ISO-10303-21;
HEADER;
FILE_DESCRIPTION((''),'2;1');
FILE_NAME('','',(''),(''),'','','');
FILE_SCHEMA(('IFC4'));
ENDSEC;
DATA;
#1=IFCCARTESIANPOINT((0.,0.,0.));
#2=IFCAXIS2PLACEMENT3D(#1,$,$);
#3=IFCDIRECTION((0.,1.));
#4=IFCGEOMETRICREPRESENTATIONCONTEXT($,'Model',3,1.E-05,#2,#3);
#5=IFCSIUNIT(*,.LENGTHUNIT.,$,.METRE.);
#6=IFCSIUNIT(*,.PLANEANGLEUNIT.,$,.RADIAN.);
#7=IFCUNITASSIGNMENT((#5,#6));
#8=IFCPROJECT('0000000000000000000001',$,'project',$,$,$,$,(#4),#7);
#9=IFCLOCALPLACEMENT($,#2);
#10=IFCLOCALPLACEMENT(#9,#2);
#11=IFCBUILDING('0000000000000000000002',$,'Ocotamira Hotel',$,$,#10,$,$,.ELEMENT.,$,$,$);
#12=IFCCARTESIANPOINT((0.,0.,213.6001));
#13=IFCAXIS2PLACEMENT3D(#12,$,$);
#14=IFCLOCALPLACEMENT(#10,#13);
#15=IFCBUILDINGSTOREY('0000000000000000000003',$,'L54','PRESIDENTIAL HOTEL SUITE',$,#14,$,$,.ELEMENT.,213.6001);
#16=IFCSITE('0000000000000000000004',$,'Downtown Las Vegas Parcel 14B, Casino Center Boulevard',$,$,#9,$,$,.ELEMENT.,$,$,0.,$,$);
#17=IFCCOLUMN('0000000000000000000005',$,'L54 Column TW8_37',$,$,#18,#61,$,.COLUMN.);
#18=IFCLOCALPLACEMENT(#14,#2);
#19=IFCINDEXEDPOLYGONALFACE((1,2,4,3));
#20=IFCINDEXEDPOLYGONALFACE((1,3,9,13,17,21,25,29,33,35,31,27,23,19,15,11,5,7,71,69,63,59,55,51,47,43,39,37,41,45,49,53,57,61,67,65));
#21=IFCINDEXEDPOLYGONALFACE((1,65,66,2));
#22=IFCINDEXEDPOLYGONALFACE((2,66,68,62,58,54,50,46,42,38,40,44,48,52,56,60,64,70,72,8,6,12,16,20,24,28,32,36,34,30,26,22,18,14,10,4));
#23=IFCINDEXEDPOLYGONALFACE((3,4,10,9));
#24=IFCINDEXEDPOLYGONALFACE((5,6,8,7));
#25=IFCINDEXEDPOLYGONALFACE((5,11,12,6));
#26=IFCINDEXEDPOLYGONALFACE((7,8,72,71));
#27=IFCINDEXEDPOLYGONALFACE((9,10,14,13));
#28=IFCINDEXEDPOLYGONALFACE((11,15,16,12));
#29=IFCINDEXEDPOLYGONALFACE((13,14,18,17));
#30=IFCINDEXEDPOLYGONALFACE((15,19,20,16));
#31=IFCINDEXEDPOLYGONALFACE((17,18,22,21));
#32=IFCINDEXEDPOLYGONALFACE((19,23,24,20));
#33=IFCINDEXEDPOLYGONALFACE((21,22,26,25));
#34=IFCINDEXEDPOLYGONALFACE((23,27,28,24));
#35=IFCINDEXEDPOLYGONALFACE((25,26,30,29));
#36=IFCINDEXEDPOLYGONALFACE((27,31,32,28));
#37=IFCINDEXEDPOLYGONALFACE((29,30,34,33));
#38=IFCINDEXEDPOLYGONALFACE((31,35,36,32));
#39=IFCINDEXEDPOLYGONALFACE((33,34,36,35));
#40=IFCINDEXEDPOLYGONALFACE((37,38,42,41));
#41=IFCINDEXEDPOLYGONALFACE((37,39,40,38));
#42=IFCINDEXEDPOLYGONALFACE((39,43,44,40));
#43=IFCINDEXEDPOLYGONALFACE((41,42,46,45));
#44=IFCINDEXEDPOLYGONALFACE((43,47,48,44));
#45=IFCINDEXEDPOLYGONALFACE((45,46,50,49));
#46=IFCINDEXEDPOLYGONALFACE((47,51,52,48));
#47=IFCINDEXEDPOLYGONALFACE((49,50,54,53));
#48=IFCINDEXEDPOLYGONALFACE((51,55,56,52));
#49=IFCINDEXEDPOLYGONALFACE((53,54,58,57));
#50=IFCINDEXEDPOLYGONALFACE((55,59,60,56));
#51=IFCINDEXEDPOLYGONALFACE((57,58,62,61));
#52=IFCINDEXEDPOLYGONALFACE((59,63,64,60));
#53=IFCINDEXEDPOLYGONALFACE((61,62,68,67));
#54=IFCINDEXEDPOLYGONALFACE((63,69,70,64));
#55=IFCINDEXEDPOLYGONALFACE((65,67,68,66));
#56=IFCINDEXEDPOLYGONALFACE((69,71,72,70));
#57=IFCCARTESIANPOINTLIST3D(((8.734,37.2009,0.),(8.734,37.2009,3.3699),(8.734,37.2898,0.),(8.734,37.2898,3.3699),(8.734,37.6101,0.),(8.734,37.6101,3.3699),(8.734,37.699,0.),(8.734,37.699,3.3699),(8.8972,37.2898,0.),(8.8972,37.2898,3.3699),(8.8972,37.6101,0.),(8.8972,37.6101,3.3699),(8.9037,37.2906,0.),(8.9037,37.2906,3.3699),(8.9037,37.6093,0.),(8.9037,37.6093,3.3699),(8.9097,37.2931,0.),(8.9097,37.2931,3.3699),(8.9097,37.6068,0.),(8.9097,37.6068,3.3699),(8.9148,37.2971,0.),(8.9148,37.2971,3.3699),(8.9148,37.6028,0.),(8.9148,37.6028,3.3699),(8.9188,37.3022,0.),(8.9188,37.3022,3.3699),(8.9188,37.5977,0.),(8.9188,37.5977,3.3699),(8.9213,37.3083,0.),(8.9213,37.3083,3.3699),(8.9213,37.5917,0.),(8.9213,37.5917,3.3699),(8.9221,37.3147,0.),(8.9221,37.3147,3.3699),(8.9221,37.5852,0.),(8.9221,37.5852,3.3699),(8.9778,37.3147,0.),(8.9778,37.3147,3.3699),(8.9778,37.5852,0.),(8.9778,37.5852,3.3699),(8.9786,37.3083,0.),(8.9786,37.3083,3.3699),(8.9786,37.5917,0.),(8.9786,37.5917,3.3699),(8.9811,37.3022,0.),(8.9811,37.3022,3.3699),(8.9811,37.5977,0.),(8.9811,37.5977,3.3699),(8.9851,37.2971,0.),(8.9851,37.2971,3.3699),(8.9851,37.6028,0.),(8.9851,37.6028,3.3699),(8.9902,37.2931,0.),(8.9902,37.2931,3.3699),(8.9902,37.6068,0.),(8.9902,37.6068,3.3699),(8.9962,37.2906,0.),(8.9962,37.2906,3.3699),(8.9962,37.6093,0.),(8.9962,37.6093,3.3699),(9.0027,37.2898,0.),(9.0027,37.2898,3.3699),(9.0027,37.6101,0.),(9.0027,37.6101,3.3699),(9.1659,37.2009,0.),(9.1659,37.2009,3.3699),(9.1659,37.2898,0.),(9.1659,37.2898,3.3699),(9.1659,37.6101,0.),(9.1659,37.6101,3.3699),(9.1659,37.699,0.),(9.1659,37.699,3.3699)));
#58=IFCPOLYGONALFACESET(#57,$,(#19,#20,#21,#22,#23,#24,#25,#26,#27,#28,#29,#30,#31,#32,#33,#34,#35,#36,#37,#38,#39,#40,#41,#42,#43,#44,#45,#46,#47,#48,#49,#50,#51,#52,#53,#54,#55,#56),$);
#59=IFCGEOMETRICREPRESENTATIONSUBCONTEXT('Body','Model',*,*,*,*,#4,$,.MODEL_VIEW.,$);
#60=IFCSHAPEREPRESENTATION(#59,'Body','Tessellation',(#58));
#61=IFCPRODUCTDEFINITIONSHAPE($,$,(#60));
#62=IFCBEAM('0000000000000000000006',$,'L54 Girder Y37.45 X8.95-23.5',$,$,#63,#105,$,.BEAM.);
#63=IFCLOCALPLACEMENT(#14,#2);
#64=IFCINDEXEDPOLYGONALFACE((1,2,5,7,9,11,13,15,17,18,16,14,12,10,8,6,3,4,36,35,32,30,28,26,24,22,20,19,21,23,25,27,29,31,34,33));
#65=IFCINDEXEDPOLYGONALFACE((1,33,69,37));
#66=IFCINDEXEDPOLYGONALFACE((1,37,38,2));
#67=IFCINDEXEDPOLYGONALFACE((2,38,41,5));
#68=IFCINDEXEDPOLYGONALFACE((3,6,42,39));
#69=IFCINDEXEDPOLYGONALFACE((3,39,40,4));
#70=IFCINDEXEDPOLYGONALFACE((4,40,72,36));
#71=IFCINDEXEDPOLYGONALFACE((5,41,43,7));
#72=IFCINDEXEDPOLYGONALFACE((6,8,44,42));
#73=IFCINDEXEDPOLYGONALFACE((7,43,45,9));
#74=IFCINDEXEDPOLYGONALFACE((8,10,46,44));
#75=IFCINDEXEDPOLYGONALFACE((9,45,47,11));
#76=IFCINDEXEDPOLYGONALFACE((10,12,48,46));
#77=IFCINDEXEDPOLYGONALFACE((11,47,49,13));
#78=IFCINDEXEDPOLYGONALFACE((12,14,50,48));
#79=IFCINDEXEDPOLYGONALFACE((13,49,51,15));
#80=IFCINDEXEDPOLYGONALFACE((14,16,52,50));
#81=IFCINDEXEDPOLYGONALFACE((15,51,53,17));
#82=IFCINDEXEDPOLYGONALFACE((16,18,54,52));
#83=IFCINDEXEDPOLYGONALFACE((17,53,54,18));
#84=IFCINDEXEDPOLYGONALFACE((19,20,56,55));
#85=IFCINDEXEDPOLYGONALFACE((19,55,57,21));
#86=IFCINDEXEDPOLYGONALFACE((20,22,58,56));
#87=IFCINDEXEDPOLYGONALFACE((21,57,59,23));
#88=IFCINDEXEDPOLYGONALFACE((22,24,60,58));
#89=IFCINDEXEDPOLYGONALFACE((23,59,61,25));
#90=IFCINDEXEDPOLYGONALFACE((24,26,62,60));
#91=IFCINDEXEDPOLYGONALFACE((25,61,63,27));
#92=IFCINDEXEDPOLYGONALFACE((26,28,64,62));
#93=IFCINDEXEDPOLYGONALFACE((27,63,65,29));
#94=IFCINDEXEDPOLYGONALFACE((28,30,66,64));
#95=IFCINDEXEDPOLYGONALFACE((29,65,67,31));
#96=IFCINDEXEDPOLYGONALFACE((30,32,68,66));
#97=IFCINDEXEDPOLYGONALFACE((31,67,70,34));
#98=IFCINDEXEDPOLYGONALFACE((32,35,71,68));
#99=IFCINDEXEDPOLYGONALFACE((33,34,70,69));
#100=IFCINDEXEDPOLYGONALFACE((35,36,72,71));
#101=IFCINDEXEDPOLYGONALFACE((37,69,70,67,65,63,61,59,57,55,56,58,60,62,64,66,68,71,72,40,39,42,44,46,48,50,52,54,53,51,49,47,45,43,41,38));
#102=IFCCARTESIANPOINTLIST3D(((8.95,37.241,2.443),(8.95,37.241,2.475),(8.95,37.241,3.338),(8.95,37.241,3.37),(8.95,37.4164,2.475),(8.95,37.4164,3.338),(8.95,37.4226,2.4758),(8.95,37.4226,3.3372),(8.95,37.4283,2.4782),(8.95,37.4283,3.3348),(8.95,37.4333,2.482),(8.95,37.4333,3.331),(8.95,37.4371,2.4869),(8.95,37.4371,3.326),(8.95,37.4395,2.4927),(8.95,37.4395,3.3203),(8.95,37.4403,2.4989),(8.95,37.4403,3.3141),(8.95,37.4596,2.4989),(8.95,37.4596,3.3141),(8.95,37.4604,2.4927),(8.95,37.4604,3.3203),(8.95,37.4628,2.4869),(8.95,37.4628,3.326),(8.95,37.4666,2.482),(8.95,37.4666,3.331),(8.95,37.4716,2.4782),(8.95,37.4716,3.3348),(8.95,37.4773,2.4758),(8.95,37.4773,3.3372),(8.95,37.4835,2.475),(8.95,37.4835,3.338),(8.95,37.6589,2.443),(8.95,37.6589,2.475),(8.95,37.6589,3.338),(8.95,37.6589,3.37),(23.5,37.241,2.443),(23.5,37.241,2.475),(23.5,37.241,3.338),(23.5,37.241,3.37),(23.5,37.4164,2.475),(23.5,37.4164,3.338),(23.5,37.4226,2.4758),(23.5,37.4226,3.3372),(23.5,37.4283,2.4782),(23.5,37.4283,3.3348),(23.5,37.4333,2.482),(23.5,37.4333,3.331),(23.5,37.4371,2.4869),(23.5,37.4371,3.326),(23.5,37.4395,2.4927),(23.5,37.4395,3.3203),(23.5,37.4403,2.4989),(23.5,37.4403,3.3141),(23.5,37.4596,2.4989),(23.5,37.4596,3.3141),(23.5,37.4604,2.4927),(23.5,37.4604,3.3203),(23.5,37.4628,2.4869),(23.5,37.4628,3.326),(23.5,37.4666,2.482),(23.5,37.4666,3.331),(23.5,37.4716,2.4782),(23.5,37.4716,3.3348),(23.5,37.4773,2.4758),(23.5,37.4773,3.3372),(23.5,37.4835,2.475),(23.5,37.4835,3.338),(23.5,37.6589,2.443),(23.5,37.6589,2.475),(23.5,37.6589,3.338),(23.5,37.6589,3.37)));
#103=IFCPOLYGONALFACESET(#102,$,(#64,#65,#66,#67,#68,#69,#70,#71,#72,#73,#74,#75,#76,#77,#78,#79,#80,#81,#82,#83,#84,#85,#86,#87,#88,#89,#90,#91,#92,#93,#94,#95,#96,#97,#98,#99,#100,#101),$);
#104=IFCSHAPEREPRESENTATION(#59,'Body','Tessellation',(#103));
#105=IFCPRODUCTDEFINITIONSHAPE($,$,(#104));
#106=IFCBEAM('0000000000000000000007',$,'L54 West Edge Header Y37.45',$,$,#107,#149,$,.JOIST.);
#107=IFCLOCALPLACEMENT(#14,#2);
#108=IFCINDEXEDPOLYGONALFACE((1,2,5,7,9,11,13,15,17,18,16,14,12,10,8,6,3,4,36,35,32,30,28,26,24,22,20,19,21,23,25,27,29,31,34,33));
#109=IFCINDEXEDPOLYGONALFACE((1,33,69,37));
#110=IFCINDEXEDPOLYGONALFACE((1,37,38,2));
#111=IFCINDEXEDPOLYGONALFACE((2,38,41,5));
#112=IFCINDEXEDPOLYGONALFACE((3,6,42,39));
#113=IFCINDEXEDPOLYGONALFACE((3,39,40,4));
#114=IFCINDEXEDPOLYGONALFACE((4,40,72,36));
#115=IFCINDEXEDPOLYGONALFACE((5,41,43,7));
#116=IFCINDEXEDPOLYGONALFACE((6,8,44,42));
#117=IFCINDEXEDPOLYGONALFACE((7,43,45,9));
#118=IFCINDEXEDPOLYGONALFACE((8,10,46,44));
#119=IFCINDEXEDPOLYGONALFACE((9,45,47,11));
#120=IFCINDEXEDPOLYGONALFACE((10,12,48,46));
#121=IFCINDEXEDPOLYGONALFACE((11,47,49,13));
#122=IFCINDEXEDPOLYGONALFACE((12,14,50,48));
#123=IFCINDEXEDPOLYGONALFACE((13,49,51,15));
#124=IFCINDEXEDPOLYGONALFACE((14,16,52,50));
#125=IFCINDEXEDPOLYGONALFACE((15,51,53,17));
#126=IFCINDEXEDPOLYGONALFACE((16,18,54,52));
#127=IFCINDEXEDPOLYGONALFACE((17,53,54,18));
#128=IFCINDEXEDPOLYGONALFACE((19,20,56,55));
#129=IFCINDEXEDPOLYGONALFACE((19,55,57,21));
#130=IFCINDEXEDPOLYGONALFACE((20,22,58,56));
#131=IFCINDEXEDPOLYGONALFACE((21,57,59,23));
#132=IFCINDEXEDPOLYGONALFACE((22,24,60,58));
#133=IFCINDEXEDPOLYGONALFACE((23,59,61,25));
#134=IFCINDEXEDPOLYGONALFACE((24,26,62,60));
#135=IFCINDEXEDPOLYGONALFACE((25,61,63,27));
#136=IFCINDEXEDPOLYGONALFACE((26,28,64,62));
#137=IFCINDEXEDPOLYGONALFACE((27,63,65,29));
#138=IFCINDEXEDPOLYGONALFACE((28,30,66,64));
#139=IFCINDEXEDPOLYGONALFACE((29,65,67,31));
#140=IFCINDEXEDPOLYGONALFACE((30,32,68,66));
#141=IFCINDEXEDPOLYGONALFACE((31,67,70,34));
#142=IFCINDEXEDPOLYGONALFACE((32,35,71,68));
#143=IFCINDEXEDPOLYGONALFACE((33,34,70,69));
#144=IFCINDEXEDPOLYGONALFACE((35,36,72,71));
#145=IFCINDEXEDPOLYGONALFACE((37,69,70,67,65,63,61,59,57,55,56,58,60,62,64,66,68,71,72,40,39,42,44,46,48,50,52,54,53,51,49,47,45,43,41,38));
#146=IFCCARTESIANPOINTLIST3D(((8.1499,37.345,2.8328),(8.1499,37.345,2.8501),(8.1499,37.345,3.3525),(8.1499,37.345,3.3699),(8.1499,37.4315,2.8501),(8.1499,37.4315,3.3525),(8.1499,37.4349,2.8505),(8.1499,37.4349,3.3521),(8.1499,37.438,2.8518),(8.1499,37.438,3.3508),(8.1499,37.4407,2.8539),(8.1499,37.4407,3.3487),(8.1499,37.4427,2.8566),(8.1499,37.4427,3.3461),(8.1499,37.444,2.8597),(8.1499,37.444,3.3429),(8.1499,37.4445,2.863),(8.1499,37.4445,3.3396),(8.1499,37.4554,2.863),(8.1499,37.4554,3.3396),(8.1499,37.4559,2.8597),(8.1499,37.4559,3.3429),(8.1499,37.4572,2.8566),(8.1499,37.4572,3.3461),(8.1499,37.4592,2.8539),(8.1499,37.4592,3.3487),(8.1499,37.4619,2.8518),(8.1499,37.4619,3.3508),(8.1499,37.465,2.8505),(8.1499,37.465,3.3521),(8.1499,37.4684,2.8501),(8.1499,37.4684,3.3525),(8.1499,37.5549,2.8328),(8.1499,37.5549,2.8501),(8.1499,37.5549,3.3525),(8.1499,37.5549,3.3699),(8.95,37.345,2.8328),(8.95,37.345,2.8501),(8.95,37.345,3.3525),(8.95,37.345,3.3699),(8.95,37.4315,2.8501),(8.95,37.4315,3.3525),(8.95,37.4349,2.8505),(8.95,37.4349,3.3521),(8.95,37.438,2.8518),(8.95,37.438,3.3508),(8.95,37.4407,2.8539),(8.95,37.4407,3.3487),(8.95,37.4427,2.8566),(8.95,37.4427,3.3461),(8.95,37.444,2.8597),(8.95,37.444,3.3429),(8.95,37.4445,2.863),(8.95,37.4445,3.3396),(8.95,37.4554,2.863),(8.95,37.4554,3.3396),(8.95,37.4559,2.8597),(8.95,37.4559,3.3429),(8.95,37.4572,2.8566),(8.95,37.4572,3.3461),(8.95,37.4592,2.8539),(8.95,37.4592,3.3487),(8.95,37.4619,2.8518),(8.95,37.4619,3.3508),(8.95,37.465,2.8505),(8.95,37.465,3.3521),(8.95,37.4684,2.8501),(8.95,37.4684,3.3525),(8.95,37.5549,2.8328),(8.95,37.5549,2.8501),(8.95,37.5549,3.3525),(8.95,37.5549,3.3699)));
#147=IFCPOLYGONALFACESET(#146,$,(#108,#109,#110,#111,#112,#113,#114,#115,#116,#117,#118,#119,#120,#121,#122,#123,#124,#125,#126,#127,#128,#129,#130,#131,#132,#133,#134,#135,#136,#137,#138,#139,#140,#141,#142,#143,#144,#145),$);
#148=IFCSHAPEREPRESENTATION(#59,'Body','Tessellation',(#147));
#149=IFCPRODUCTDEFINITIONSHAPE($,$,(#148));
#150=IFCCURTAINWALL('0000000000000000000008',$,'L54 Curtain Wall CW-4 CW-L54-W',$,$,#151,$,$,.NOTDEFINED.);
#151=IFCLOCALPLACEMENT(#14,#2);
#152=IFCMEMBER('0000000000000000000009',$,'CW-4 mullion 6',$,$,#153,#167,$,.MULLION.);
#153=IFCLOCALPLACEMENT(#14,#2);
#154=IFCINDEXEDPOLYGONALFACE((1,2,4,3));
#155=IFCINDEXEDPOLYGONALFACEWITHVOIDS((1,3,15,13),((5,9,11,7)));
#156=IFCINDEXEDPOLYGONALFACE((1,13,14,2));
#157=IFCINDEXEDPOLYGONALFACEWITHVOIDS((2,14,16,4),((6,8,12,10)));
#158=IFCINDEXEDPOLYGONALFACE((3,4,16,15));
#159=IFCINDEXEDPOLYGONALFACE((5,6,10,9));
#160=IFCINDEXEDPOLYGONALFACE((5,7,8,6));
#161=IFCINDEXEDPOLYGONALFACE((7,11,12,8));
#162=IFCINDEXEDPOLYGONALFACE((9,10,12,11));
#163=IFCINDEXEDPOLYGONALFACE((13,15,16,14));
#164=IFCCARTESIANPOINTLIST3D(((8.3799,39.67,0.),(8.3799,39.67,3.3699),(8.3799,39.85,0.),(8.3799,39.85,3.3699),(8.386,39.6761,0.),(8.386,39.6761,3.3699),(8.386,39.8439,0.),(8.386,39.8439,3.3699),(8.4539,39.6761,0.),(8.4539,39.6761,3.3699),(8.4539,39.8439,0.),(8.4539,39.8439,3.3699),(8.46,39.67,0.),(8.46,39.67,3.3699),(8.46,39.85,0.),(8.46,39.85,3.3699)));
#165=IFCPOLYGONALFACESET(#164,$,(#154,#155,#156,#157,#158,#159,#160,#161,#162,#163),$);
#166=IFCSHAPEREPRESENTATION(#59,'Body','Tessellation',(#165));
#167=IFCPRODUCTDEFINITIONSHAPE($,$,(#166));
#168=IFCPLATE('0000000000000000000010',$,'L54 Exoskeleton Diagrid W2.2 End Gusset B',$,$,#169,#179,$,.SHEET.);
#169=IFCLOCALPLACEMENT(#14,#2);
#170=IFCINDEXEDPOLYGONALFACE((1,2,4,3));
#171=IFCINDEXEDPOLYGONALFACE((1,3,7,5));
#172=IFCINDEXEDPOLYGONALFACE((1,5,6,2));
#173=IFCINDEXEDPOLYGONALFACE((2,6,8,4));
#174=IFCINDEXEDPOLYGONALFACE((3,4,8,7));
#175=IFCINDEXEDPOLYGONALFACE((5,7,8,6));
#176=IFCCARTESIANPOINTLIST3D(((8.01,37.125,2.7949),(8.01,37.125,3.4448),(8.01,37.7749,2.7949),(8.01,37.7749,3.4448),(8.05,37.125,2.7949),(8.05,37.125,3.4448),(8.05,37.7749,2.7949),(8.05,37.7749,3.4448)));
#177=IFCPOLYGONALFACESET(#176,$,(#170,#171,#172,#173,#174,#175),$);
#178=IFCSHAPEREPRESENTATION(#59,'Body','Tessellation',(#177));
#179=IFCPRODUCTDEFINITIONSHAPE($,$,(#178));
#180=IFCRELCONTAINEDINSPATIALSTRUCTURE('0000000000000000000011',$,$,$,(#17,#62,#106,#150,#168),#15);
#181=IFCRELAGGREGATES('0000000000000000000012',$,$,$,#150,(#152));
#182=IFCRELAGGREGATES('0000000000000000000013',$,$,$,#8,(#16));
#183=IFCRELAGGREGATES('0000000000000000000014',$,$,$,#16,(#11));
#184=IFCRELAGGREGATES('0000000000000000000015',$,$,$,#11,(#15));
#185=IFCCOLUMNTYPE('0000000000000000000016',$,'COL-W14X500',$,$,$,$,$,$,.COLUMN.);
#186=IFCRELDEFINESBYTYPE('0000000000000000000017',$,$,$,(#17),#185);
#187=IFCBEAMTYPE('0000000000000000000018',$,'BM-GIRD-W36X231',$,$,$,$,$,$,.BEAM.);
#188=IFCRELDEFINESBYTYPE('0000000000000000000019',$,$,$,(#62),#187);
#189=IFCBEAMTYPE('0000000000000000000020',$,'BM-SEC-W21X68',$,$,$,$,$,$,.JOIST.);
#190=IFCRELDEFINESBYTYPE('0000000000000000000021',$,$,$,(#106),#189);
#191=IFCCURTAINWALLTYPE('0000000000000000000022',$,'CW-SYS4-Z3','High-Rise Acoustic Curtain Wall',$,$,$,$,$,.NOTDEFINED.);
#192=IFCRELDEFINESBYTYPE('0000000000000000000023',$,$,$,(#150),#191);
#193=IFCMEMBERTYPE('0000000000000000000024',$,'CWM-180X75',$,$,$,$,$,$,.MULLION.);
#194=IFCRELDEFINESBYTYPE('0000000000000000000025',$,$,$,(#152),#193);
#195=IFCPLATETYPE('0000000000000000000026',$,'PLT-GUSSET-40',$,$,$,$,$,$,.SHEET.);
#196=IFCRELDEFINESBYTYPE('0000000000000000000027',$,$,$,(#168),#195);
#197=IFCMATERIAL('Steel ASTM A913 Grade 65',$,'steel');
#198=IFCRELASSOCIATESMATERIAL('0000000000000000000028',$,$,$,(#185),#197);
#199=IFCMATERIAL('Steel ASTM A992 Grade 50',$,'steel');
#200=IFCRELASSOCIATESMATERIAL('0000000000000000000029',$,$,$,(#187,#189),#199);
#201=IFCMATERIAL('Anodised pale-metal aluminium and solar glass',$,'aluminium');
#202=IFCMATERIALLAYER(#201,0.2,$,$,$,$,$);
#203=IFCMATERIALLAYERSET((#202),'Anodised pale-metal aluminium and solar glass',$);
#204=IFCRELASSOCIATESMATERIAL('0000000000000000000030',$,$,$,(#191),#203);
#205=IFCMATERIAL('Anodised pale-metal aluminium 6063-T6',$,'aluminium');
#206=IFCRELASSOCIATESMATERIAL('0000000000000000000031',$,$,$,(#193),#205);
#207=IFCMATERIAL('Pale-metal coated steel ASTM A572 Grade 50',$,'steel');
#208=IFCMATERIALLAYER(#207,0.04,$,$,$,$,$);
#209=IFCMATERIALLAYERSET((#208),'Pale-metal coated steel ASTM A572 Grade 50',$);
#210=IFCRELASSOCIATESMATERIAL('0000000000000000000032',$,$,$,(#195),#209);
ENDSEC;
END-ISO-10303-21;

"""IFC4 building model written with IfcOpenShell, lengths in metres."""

from ifc_helpers import new_model, si_unit, direction, frame, origin, origin_2d, place, context, subcontext, project, spatial, rectangle, hollow_rectangle, i_section, extrude, source, transform, mapped, material, layer, layer_set, material_profile, profile_set, type_object, element, aggregate, save


model = new_model("IFC4")

# Units and contexts
model_context = context("Model", 3, precision=1e-05, world=origin(), true_north=direction((0.0, 1.0)))
body_context = subcontext(model_context, "Body", "Model", "MODEL_VIEW")
ifc_project = project(units=[si_unit("LENGTHUNIT", "METRE"), si_unit("PLANEANGLEUNIT", "RADIAN")], contexts=[model_context])

# Site, building, storey
site_placement = place(None, origin())
site = spatial("IfcSite", under=ifc_project, at=site_placement, Name="Downtown Las Vegas Parcel 14B, Casino Center Boulevard", CompositionType="ELEMENT", RefElevation=0.0)
building_placement = place(site_placement, origin())
building = spatial("IfcBuilding", under=site, at=building_placement, Name="Ocotamira Hotel", CompositionType="ELEMENT")
storey_placement = place(building_placement, frame((0.0, 0.0, 213.6001)))
storey = spatial("IfcBuildingStorey", under=building, at=storey_placement, Name="L54", Description="PRESIDENTIAL HOTEL SUITE", CompositionType="ELEMENT", Elevation=213.6001)

# Column
ifc_material_1 = material(Name="Steel ASTM A913 Grade 65", Category="steel")
ifc_material_profile_1 = material_profile(ifc_material_1, i_section(OverallWidth=0.4319, OverallDepth=0.498, WebThickness=0.0557, FlangeThickness=0.0889, FilletRadius=0.0249, at=origin_2d()), Name="W14X500")
ifc_profile_set_1 = profile_set([ifc_material_profile_1], Name="Steel ASTM A913 Grade 65")
column_type = type_object("IfcColumnType", Name="COL-W14X500", PredefinedType="COLUMN", material=ifc_profile_set_1)
shared_shape_1 = source(origin(), body_context, "Body", "SweptSolid", [
    extrude(i_section(OverallWidth=0.4319, OverallDepth=0.498, WebThickness=0.0557, FlangeThickness=0.0889, FilletRadius=0.0249, at=origin_2d()), origin(), (0.0, 0.0, 1.0), 3.3699),
])
column_placement = place(storey_placement, frame((8.95, 37.45, 0.0), z_axis=(0.0, 0.0, 1.0), x_axis=(1.0, 0.0, 0.0)))
element("IfcColumn", 1, at=column_placement, inside=storey, type_object=column_type, Name="L54 Column TW8_37", PredefinedType="COLUMN", context=body_context, shape_type="MappedRepresentation", body=[
    mapped(shared_shape_1, transform((0.0, 0.0, 0.0), scale=1.0)),
])

# Beams
ifc_material_2 = material(Name="Steel ASTM A992 Grade 50", Category="steel")
ifc_material_profile_2 = material_profile(ifc_material_2, i_section(OverallWidth=0.418, OverallDepth=0.927, WebThickness=0.0193, FlangeThickness=0.032, FilletRadius=0.0239, at=origin_2d()), Name="W36X231")
ifc_profile_set_2 = profile_set([ifc_material_profile_2], Name="Steel ASTM A992 Grade 50")
beam_type_1 = type_object("IfcBeamType", Name="BM-GIRD-W36X231", PredefinedType="BEAM", material=ifc_profile_set_2)
shared_shape_2 = source(origin(), body_context, "Body", "SweptSolid", [
    extrude(i_section(OverallWidth=0.418, OverallDepth=0.927, WebThickness=0.0193, FlangeThickness=0.032, FilletRadius=0.0239, at=origin_2d()), origin(), (0.0, 0.0, 1.0), 14.55),
])
beam_1_placement = place(storey_placement, frame((8.95, 37.45, 2.9065), z_axis=(1.0, 0.0, 0.0), x_axis=(0.0, 1.0, 0.0)))
element("IfcBeam", 2, at=beam_1_placement, inside=storey, type_object=beam_type_1, Name="L54 Girder Y37.45 X8.95-23.5", PredefinedType="BEAM", context=body_context, shape_type="MappedRepresentation", body=[
    mapped(shared_shape_2, transform((0.0, 0.0, 0.0), scale=1.0)),
])
ifc_material_profile_3 = material_profile(ifc_material_2, i_section(OverallWidth=0.21, OverallDepth=0.5371, WebThickness=0.011, FlangeThickness=0.0173, FilletRadius=0.0129, at=origin_2d()), Name="W21X68")
ifc_profile_set_3 = profile_set([ifc_material_profile_3], Name="Steel ASTM A992 Grade 50")
beam_type_2 = type_object("IfcBeamType", Name="BM-SEC-W21X68", PredefinedType="JOIST", material=ifc_profile_set_3)
shared_shape_3 = source(origin(), body_context, "Body", "SweptSolid", [
    extrude(i_section(OverallWidth=0.21, OverallDepth=0.5371, WebThickness=0.011, FlangeThickness=0.0173, FilletRadius=0.0129, at=origin_2d()), origin(), (0.0, 0.0, 1.0), 0.8),
])
beam_2_placement = place(storey_placement, frame((8.95, 37.45, 3.1013), z_axis=(-1.0, 0.0, 0.0), x_axis=(0.0, -1.0, 0.0)))
element("IfcBeam", 3, at=beam_2_placement, inside=storey, type_object=beam_type_2, Name="L54 West Edge Header Y37.45", PredefinedType="JOIST", context=body_context, shape_type="MappedRepresentation", body=[
    mapped(shared_shape_3, transform((0.0, 0.0, 0.0), scale=1.0)),
])

# Curtain wall, member
ifc_material_3 = material(Name="Anodised pale-metal aluminium and solar glass", Category="aluminium")
ifc_layer_1 = layer(ifc_material_3, 0.2)
ifc_layer_set_1 = layer_set([ifc_layer_1], Name="Anodised pale-metal aluminium and solar glass")
curtain_wall_type = type_object("IfcCurtainWallType", Name="CW-SYS4-Z3", Description="High-Rise Acoustic Curtain Wall", PredefinedType="NOTDEFINED", material=ifc_layer_set_1)
curtain_wall_placement = place(storey_placement, origin())
curtain_wall = element("IfcCurtainWall", 4, at=curtain_wall_placement, inside=storey, type_object=curtain_wall_type, Name="L54 Curtain Wall CW-4 CW-L54-W", PredefinedType="NOTDEFINED")
ifc_material_4 = material(Name="Anodised pale-metal aluminium 6063-T6", Category="aluminium")
ifc_material_profile_4 = material_profile(ifc_material_4, hollow_rectangle(XDim=0.0801, YDim=0.1799, WallThickness=0.0061, at=origin_2d()), Name="HSS180X80X6")
ifc_profile_set_4 = profile_set([ifc_material_profile_4], Name="Anodised pale-metal aluminium 6063-T6")
member_type = type_object("IfcMemberType", Name="CWM-180X75", PredefinedType="MULLION", material=ifc_profile_set_4)
shared_shape_4 = source(origin(), body_context, "Body", "SweptSolid", [
    extrude(hollow_rectangle(XDim=0.0801, YDim=0.1799, WallThickness=0.0061, at=origin_2d()), origin(), (0.0, 0.0, 1.0), 3.3699),
])
member_placement = place(storey_placement, frame((8.4199, 39.76, 0.0), z_axis=(0.0, 0.0, 1.0), x_axis=(-1.0, 0.0, 0.0)))
member = element("IfcMember", 5, at=member_placement, type_object=member_type, Name="CW-4 mullion 6", PredefinedType="MULLION", context=body_context, shape_type="MappedRepresentation", body=[
    mapped(shared_shape_4, transform((0.0, 0.0, 0.0), scale=1.0)),
])

# Plate
ifc_material_5 = material(Name="Pale-metal coated steel ASTM A572 Grade 50", Category="steel")
ifc_layer_2 = layer(ifc_material_5, 0.04)
ifc_layer_set_2 = layer_set([ifc_layer_2], Name="Pale-metal coated steel ASTM A572 Grade 50")
plate_type_1 = type_object("IfcPlateType", Name="PLT-GUSSET-40", PredefinedType="SHEET", material=ifc_layer_set_2)
shared_shape_5 = source(origin(), body_context, "Body", "SweptSolid", [
    extrude(rectangle(XDim=0.04, YDim=0.6499, at=origin_2d()), origin(), (0.0, 0.0, 1.0), 0.6499),
])
plate_1_placement = place(storey_placement, frame((8.03, 37.45, 2.7949), z_axis=(0.0, 0.0, 1.0), x_axis=(1.0, 0.0, 0.0)))
element("IfcPlate", 6, at=plate_1_placement, inside=storey, type_object=plate_type_1, Name="L54 Exoskeleton Diagrid W2.2 End Gusset B", PredefinedType="SHEET", context=body_context, shape_type="MappedRepresentation", body=[
    mapped(shared_shape_5, transform((0.0, 0.0, 0.0), scale=1.0)),
])
aggregate(curtain_wall, [member])

save(model, "model.ifc")
